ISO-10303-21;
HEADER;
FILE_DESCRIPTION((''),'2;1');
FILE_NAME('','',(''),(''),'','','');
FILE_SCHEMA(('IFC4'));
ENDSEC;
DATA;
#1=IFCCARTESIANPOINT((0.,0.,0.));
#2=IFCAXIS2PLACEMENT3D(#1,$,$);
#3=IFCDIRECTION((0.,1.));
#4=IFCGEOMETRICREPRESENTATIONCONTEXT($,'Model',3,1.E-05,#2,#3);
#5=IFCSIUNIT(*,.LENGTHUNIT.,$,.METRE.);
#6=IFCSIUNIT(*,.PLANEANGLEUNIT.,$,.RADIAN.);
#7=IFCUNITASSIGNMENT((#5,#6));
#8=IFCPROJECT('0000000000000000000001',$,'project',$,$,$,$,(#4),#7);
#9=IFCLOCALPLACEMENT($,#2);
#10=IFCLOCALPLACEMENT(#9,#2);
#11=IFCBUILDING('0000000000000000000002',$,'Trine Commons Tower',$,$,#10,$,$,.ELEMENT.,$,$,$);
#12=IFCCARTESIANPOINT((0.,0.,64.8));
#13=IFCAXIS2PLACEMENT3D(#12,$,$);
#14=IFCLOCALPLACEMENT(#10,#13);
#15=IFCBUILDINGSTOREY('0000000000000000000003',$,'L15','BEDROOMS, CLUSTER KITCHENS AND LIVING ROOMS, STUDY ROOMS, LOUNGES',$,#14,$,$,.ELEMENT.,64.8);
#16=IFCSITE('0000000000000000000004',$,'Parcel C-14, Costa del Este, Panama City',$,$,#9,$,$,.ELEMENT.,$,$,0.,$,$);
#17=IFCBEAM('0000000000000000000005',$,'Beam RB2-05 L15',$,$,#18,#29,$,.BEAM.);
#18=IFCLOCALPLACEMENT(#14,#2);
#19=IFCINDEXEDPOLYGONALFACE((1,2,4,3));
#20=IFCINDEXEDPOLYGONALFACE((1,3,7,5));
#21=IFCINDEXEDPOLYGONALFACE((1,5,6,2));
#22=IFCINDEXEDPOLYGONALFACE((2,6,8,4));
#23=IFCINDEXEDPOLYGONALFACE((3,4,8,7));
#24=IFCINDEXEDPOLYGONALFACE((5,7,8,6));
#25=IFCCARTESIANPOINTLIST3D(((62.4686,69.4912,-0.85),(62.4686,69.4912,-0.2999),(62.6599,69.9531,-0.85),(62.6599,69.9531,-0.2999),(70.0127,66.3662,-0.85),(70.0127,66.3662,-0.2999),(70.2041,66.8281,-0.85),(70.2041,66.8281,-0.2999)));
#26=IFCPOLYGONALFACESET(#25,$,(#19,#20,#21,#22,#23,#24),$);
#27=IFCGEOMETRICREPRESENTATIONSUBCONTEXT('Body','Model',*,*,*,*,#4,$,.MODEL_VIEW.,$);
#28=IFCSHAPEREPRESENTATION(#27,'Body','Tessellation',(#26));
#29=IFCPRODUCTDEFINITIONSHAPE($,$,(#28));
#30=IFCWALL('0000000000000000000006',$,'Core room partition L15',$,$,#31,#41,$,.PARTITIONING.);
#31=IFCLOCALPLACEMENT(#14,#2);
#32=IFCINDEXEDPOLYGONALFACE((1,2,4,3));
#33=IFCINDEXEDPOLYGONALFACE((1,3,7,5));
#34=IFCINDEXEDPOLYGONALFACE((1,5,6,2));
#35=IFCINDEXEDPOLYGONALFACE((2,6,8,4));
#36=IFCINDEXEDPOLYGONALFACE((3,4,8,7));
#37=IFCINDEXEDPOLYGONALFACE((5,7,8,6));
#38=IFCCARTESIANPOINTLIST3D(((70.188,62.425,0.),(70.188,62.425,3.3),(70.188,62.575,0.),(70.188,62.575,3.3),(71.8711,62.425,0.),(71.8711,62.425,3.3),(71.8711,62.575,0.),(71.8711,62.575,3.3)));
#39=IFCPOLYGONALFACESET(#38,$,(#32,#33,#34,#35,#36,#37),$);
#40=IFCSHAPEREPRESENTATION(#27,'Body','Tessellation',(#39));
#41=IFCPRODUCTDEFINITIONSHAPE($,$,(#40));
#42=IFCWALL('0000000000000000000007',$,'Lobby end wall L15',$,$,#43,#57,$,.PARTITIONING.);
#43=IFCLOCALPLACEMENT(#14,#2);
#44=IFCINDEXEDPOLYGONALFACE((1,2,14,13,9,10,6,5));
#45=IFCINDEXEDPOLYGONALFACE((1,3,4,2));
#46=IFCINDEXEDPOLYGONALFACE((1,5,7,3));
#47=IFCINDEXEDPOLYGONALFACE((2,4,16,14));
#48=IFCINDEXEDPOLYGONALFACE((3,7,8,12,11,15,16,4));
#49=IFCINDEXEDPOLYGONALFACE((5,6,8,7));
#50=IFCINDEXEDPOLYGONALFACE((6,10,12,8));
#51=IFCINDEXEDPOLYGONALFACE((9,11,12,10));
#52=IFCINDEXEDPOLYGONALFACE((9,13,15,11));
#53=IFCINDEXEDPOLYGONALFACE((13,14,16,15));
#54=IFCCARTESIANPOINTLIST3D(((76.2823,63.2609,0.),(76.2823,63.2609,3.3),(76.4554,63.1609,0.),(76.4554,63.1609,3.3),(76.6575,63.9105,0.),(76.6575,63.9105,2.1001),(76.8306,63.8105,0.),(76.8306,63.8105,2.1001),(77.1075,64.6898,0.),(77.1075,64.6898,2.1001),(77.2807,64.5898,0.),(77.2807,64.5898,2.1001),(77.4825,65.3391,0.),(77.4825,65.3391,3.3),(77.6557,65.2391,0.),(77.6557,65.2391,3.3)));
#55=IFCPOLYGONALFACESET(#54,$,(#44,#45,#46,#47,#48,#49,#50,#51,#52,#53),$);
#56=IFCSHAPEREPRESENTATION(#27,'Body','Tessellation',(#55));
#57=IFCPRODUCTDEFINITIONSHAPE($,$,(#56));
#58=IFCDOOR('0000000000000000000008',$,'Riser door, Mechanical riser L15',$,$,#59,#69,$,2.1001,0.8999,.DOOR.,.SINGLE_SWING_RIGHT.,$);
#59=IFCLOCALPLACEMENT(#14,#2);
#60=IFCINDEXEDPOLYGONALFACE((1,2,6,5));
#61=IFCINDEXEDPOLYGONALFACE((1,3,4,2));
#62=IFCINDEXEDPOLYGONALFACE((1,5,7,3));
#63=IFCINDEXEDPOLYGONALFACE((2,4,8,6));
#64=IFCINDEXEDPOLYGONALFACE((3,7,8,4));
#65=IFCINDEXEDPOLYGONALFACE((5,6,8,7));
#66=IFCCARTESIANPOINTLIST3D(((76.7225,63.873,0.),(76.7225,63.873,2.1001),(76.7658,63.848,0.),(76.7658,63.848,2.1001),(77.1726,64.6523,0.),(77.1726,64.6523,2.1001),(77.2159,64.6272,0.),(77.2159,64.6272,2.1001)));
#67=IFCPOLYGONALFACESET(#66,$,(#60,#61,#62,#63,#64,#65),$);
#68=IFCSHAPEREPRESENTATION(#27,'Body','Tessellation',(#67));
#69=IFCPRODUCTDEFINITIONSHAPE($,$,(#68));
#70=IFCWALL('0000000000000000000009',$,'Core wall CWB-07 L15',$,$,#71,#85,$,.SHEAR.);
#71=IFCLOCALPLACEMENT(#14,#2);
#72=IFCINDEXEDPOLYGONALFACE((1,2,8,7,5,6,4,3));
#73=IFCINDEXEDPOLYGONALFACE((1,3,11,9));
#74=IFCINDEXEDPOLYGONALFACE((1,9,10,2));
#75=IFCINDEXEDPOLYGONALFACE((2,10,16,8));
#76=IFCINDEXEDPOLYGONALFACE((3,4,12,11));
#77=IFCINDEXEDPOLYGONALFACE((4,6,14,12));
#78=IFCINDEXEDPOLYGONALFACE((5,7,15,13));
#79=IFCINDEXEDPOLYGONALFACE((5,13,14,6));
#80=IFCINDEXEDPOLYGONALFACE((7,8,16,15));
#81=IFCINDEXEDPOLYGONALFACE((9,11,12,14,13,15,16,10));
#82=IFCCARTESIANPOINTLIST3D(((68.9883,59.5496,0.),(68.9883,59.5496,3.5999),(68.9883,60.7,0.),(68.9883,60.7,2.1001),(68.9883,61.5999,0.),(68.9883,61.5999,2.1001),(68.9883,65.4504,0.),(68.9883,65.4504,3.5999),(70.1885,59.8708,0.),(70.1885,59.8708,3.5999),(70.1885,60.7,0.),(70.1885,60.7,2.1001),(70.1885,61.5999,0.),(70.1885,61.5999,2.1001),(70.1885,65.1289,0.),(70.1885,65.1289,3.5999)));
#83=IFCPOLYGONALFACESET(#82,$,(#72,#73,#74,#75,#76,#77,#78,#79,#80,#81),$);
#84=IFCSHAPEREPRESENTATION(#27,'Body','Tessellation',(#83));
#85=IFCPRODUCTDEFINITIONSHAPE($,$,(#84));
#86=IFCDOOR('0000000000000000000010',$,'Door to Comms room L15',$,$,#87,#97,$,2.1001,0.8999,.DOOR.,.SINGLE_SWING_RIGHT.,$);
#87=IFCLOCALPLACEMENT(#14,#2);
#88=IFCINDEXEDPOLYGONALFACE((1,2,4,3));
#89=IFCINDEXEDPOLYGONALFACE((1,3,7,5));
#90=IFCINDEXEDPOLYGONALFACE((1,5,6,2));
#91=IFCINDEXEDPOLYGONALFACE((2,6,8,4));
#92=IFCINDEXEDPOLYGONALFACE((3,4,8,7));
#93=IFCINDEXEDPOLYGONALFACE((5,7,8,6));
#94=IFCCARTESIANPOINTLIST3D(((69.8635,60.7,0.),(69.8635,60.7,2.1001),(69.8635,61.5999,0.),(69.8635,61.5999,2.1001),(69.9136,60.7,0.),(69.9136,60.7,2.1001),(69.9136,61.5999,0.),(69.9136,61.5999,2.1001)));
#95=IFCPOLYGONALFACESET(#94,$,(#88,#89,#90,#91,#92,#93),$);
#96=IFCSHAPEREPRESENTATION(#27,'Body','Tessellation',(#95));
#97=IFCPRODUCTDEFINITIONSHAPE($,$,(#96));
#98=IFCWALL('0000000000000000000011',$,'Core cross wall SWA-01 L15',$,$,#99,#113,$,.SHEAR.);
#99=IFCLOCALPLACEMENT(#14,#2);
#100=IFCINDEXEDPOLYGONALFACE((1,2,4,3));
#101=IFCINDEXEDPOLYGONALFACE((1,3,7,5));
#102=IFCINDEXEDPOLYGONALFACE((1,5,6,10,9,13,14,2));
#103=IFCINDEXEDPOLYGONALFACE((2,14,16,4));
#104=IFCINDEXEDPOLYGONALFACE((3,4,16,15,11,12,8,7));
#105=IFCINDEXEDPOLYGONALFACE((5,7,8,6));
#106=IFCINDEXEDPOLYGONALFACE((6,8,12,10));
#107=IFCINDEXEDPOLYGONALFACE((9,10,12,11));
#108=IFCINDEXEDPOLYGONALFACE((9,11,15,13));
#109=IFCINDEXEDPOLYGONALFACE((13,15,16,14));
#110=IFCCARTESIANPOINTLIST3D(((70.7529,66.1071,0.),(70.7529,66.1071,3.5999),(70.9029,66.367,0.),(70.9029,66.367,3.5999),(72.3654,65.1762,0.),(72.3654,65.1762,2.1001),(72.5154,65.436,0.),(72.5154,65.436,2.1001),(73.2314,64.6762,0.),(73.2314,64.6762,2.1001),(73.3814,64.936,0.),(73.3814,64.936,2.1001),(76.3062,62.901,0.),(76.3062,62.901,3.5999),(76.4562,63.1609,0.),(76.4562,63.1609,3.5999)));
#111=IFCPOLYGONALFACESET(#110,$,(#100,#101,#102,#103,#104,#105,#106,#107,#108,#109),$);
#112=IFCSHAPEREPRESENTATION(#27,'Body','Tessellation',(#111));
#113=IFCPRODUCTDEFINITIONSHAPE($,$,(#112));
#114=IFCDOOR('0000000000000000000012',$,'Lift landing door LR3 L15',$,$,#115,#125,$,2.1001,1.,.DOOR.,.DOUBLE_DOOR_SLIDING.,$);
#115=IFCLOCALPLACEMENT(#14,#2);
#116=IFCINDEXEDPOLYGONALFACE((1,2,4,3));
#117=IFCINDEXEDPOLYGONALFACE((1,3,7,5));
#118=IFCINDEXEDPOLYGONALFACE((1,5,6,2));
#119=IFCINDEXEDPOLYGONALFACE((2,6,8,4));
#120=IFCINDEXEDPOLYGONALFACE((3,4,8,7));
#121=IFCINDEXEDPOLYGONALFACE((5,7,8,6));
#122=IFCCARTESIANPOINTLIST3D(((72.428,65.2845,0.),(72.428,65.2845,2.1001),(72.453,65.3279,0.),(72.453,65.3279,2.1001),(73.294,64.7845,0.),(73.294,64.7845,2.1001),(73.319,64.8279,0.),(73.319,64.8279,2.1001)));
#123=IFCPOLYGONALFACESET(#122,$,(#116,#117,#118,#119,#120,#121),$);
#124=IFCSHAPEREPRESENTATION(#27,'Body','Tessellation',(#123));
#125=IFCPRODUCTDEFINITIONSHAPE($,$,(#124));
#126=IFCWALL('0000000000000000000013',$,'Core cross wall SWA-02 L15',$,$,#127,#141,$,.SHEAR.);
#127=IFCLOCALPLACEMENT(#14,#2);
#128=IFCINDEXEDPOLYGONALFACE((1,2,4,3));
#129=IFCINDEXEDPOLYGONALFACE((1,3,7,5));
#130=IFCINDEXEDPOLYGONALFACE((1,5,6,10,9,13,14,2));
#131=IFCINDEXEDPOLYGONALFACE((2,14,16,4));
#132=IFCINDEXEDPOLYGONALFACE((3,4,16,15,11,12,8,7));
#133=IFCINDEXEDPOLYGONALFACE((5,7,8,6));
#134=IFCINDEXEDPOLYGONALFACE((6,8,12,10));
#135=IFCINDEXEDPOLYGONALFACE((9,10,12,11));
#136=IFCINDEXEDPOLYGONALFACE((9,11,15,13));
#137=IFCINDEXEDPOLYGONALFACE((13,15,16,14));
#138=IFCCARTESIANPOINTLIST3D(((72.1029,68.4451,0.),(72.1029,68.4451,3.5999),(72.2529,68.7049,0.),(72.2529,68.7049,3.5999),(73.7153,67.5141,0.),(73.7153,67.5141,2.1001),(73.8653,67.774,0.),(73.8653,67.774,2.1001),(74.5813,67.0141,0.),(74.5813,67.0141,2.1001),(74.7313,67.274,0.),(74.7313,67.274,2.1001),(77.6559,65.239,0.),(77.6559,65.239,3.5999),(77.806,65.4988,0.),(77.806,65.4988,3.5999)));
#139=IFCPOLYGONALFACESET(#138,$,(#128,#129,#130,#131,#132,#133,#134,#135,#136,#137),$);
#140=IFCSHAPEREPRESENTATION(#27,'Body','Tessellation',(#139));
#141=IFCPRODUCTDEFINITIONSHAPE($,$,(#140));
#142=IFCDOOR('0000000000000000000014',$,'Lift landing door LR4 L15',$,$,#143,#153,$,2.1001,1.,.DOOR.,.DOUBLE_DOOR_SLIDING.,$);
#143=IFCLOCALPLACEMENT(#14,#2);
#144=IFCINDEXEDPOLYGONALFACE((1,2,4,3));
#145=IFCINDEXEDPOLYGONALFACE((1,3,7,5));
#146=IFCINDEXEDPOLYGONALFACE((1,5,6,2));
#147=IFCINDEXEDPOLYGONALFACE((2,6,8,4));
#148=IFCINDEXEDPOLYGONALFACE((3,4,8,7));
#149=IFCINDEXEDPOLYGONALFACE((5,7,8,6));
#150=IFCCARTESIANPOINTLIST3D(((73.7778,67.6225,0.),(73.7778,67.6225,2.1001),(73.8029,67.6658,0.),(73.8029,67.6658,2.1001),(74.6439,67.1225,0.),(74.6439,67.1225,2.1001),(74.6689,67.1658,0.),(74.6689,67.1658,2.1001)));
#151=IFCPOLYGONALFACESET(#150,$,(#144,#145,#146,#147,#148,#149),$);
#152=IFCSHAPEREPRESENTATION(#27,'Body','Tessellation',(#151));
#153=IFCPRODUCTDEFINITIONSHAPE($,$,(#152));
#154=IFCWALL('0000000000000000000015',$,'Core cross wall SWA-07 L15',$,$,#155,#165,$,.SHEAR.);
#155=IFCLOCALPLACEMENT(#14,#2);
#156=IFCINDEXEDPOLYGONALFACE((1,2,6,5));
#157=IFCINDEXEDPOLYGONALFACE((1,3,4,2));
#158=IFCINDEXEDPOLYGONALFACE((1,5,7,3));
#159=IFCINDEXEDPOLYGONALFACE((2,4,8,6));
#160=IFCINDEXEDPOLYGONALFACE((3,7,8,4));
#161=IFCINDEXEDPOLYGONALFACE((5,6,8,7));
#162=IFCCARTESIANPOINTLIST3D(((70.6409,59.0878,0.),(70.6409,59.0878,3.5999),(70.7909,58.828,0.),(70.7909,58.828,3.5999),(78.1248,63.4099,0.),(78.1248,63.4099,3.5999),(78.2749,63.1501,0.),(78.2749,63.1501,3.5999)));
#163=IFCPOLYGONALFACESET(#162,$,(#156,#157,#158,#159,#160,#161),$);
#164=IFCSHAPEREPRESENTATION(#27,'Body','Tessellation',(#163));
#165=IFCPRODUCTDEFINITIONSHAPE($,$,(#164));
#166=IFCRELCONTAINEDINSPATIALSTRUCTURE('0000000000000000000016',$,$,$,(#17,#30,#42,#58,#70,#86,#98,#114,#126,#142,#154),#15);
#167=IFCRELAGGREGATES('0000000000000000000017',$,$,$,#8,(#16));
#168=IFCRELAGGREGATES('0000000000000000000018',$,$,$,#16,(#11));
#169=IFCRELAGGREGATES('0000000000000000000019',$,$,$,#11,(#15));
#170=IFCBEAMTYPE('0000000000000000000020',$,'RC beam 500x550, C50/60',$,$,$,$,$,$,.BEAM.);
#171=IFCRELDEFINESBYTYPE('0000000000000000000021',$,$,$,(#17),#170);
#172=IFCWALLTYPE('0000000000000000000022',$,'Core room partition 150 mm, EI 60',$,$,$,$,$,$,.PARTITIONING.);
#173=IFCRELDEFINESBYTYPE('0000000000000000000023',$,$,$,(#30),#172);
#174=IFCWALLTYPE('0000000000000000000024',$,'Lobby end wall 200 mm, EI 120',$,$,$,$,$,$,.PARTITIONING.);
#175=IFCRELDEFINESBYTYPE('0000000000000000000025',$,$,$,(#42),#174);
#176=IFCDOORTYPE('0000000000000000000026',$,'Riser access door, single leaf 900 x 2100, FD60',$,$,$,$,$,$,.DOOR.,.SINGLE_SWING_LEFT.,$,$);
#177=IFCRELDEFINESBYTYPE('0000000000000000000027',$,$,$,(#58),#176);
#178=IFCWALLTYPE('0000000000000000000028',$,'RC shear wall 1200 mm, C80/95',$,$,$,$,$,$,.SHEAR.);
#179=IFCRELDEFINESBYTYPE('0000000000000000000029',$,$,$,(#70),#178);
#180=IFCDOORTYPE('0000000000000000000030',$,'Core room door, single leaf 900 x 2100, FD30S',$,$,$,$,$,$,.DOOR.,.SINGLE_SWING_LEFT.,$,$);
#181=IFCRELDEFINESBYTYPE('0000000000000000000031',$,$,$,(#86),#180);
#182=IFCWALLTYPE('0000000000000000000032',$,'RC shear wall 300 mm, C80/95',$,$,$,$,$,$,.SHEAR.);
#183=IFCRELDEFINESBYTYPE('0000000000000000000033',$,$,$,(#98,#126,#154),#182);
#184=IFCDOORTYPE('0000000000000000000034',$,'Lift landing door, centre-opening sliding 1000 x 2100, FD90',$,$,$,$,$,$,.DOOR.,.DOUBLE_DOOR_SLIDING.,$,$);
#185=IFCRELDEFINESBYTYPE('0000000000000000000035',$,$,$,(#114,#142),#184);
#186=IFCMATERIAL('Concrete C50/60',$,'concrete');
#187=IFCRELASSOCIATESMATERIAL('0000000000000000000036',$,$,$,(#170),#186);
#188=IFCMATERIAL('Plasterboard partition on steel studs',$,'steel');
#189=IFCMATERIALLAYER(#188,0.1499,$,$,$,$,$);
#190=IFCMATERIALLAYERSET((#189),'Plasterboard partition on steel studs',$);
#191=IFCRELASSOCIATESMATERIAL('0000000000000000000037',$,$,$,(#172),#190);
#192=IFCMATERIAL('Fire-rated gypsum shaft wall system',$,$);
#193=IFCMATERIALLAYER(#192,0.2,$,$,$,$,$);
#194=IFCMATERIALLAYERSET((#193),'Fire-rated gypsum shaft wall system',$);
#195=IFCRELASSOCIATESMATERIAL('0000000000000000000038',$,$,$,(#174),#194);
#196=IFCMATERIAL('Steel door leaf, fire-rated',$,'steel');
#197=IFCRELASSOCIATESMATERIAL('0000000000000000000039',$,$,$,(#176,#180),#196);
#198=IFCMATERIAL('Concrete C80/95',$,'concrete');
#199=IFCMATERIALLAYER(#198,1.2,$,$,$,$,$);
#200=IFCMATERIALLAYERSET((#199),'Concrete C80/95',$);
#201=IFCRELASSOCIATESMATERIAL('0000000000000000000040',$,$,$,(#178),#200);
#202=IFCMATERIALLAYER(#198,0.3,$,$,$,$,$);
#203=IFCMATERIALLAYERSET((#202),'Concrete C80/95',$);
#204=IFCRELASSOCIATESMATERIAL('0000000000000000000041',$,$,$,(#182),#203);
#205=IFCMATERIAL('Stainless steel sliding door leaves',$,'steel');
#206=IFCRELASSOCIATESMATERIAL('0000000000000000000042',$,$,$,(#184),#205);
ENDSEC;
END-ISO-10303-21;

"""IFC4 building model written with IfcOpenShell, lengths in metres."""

from ifc_helpers import new_model, si_unit, direction, frame, frame_2d, origin, origin_2d, place, context, subcontext, project, spatial, polyline, rectangle, outline, extrude, material, layer, layer_set, material_profile, profile_set, type_object, element, fill, save


model = new_model("IFC4")

# Units and contexts
model_context = context("Model", 3, precision=1e-05, world=origin(), true_north=direction((0.0, 1.0)))
body_context = subcontext(model_context, "Body", "Model", "MODEL_VIEW")
ifc_project = project(units=[si_unit("LENGTHUNIT", "METRE"), si_unit("PLANEANGLEUNIT", "RADIAN")], contexts=[model_context])

# Site, building, storey
site_placement = place(None, origin())
site = spatial("IfcSite", under=ifc_project, at=site_placement, Name="Parcel C-14, Costa del Este, Panama City", CompositionType="ELEMENT", RefElevation=0.0)
building_placement = place(site_placement, origin())
building = spatial("IfcBuilding", under=site, at=building_placement, Name="Trine Commons Tower", CompositionType="ELEMENT")
storey_placement = place(building_placement, frame((0.0, 0.0, 64.8)))
storey = spatial("IfcBuildingStorey", under=building, at=storey_placement, Name="L15", Description="BEDROOMS, CLUSTER KITCHENS AND LIVING ROOMS, STUDY ROOMS, LOUNGES", CompositionType="ELEMENT", Elevation=64.8)

# Beam
ifc_material_1 = material(Name="Concrete C50/60", Category="concrete")
ifc_material_profile = material_profile(ifc_material_1, rectangle(XDim=0.5, YDim=0.55, at=origin_2d()), Name="RC 500x550")
ifc_profile_set = profile_set([ifc_material_profile], Name="Concrete C50/60")
beam_type = type_object("IfcBeamType", Name="RC beam 500x550, C50/60", PredefinedType="BEAM", material=ifc_profile_set)
beam_placement = place(storey_placement, frame((70.1084, 66.5972, -0.575), z_axis=(-0.923875, 0.382693, 0.0), x_axis=(-0.382693, -0.923875, 0.0)))
element("IfcBeam", 1, at=beam_placement, inside=storey, type_object=beam_type, Name="Beam RB2-05 L15", PredefinedType="BEAM", context=body_context, shape_type="SweptSolid", body=[
    extrude(rectangle(XDim=0.5, YDim=0.55, at=origin_2d()), origin(), (0.0, 0.0, 1.0), 8.1658),
])

# Wall
ifc_material_2 = material(Name="Plasterboard partition on steel studs", Category="steel")
ifc_layer_1 = layer(ifc_material_2, 0.1499)
ifc_layer_set_1 = layer_set([ifc_layer_1], Name="Plasterboard partition on steel studs")
wall_type_1 = type_object("IfcWallType", Name="Core room partition 150 mm, EI 60", PredefinedType="PARTITIONING", material=ifc_layer_set_1)
wall_1_placement = place(storey_placement, frame((70.188, 62.5, 0.0), z_axis=(0.0, 0.0, 1.0), x_axis=(1.0, 0.0, 0.0)))
element("IfcWall", 2, at=wall_1_placement, inside=storey, type_object=wall_type_1, Name="Core room partition L15", PredefinedType="PARTITIONING", context=body_context, shape_type="SweptSolid", body=[
    extrude(rectangle(XDim=1.6831, YDim=0.1499, at=frame_2d((0.8416, 0.0))), origin(), (0.0, 0.0, 1.0), 3.3),
])

# Walls, openings, doors
ifc_material_3 = material(Name="Fire-rated gypsum shaft wall system")
ifc_layer_2 = layer(ifc_material_3, 0.2)
ifc_layer_set_2 = layer_set([ifc_layer_2], Name="Fire-rated gypsum shaft wall system")
wall_type_2 = type_object("IfcWallType", Name="Lobby end wall 200 mm, EI 120", PredefinedType="PARTITIONING", material=ifc_layer_set_2)
wall_2_placement = place(storey_placement, frame((77.5691, 65.2891, 0.0), z_axis=(0.0, 0.0, 1.0), x_axis=(-0.500122, -0.865955, 0.0)))
wall_2 = element("IfcWall", 3, at=wall_2_placement, inside=storey, type_object=wall_type_2, Name="Lobby end wall L15", PredefinedType="PARTITIONING", context=body_context, shape_type="SweptSolid", body=[
    extrude(rectangle(XDim=2.3999, YDim=0.2, at=frame_2d((1.2, 0.0))), origin(), (0.0, 0.0, 1.0), 3.3),
])
opening_1_placement = place(wall_2_placement, frame((0.7498, 0.0, 0.0)))
opening_1 = element("IfcOpeningElement", 4, at=opening_1_placement, cuts=wall_2, PredefinedType="OPENING", context=body_context, shape_type="SweptSolid", body=[
    extrude(rectangle(XDim=0.8999, YDim=2.1001, at=frame_2d((0.45, 1.05))), frame((0.0, 0.1099, 0.0), z_axis=(0.0, -1.0, 0.0), x_axis=(1.0, 0.0, 0.0)), (0.0, 0.0, 1.0), 0.22),
])
ifc_material_4 = material(Name="Steel door leaf, fire-rated", Category="steel")
door_type_1 = type_object("IfcDoorType", Name="Riser access door, single leaf 900 x 2100, FD60", OperationType="SINGLE_SWING_LEFT", PredefinedType="DOOR", material=ifc_material_4)
door_1_placement = place(opening_1_placement, frame((0.8999, 0.0, 0.0), z_axis=(0.0, 0.0, 1.0), x_axis=(-1.0, 0.0, 0.0)))
door_1 = element("IfcDoor", 5, at=door_1_placement, inside=storey, type_object=door_type_1, Name="Riser door, Mechanical riser L15", OperationType="SINGLE_SWING_RIGHT", OverallHeight=2.1001, OverallWidth=0.8999, PredefinedType="DOOR", context=body_context, shape_type="SweptSolid", body=[
    extrude(rectangle(XDim=0.8999, YDim=2.1001, at=frame_2d((0.45, 1.05))), frame((0.0, 0.0249, 0.0), z_axis=(0.0, -1.0, 0.0), x_axis=(1.0, 0.0, 0.0)), (0.0, 0.0, 1.0), 0.05),
])
fill(opening_1, door_1)
ifc_material_5 = material(Name="Concrete C80/95", Category="concrete")
ifc_layer_3 = layer(ifc_material_5, 1.2)
ifc_layer_set_3 = layer_set([ifc_layer_3], Name="Concrete C80/95")
wall_type_3 = type_object("IfcWallType", Name="RC shear wall 1200 mm, C80/95", PredefinedType="SHEAR", material=ifc_layer_set_3)
wall_3_placement = place(storey_placement, frame((69.5884, 65.4504, 0.0), z_axis=(0.0, 0.0, 1.0), x_axis=(0.0, -1.0, 0.0)))
wall_3 = element("IfcWall", 6, at=wall_3_placement, inside=storey, type_object=wall_type_3, Name="Core wall CWB-07 L15", PredefinedType="SHEAR", context=body_context, shape_type="SweptSolid", body=[
    extrude(outline(polyline([(0.0, -0.6001), (5.9009, -0.6001), (5.5796, 0.6001), (0.3215, 0.6001), (0.0, -0.6001)])), origin(), (0.0, 0.0, 1.0), 3.5999),
])
opening_2_placement = place(wall_3_placement, frame((3.8506, 0.0, 0.0)))
opening_2 = element("IfcOpeningElement", 7, at=opening_2_placement, cuts=wall_3, PredefinedType="OPENING", context=body_context, shape_type="SweptSolid", body=[
    extrude(rectangle(XDim=0.8999, YDim=2.1001, at=frame_2d((0.45, 1.05))), frame((0.0, 0.6099, 0.0), z_axis=(0.0, -1.0, 0.0), x_axis=(1.0, 0.0, 0.0)), (0.0, 0.0, 1.0), 1.22),
])
door_type_2 = type_object("IfcDoorType", Name="Core room door, single leaf 900 x 2100, FD30S", OperationType="SINGLE_SWING_LEFT", PredefinedType="DOOR", material=ifc_material_4)
door_2_placement = place(opening_2_placement, origin())
door_2 = element("IfcDoor", 8, at=door_2_placement, inside=storey, type_object=door_type_2, Name="Door to Comms room L15", OperationType="SINGLE_SWING_RIGHT", OverallHeight=2.1001, OverallWidth=0.8999, PredefinedType="DOOR", context=body_context, shape_type="SweptSolid", body=[
    extrude(rectangle(XDim=0.8999, YDim=2.1001, at=frame_2d((0.45, 1.05))), frame((0.0, 0.3252, 0.0), z_axis=(0.0, -1.0, 0.0), x_axis=(1.0, 0.0, 0.0)), (0.0, 0.0, 1.0), 0.05),
])
fill(opening_2, door_2)
ifc_layer_4 = layer(ifc_material_5, 0.3)
ifc_layer_set_4 = layer_set([ifc_layer_4], Name="Concrete C80/95")
wall_type_4 = type_object("IfcWallType", Name="RC shear wall 300 mm, C80/95", PredefinedType="SHEAR", material=ifc_layer_set_4)
wall_4_placement = place(storey_placement, frame((76.3811, 63.031, 0.0), z_axis=(0.0, 0.0, 1.0), x_axis=(-0.866032, 0.499988, 0.0)))
wall_4 = element("IfcWall", 9, at=wall_4_placement, inside=storey, type_object=wall_type_4, Name="Core cross wall SWA-01 L15", PredefinedType="SHEAR", context=body_context, shape_type="SweptSolid", body=[
    extrude(rectangle(XDim=6.4124, YDim=0.3, at=frame_2d((3.2061, 0.0))), origin(), (0.0, 0.0, 1.0), 3.5999),
])
opening_3_placement = place(wall_4_placement, frame((3.5503, 0.0, 0.0)))
opening_3 = element("IfcOpeningElement", 10, at=opening_3_placement, cuts=wall_4, PredefinedType="OPENING", context=body_context, shape_type="SweptSolid", body=[
    extrude(rectangle(XDim=1.0, YDim=2.1001, at=frame_2d((0.5, 1.05))), frame((0.0, 0.1599, 0.0), z_axis=(0.0, -1.0, 0.0), x_axis=(1.0, 0.0, 0.0)), (0.0, 0.0, 1.0), 0.3201),
])
ifc_material_6 = material(Name="Stainless steel sliding door leaves", Category="steel")
door_type_3 = type_object("IfcDoorType", Name="Lift landing door, centre-opening sliding 1000 x 2100, FD90", OperationType="DOUBLE_DOOR_SLIDING", PredefinedType="DOOR", material=ifc_material_6)
door_3_placement = place(opening_3_placement, origin())
door_3 = element("IfcDoor", 11, at=door_3_placement, inside=storey, type_object=door_type_3, Name="Lift landing door LR3 L15", OperationType="DOUBLE_DOOR_SLIDING", OverallHeight=2.1001, OverallWidth=1.0, PredefinedType="DOOR", context=body_context, shape_type="SweptSolid", body=[
    extrude(rectangle(XDim=1.0, YDim=2.1001, at=frame_2d((0.5, 1.05))), frame((0.0, 0.0249, 0.0), z_axis=(0.0, -1.0, 0.0), x_axis=(1.0, 0.0, 0.0)), (0.0, 0.0, 1.0), 0.05),
])
fill(opening_3, door_3)
wall_5_placement = place(storey_placement, frame((77.731, 65.3689, 0.0), z_axis=(0.0, 0.0, 1.0), x_axis=(-0.866023, 0.500005, 0.0)))
wall_5 = element("IfcWall", 12, at=wall_5_placement, inside=storey, type_object=wall_type_4, Name="Core cross wall SWA-02 L15", PredefinedType="SHEAR", context=body_context, shape_type="SweptSolid", body=[
    extrude(rectangle(XDim=6.4121, YDim=0.3, at=frame_2d((3.2061, 0.0))), origin(), (0.0, 0.0, 1.0), 3.5999),
])
opening_4_placement = place(wall_5_placement, frame((3.5503, 0.0, 0.0)))
opening_4 = element("IfcOpeningElement", 13, at=opening_4_placement, cuts=wall_5, PredefinedType="OPENING", context=body_context, shape_type="SweptSolid", body=[
    extrude(rectangle(XDim=1.0, YDim=2.1001, at=frame_2d((0.5, 1.05))), frame((0.0, 0.1599, 0.0), z_axis=(0.0, -1.0, 0.0), x_axis=(1.0, 0.0, 0.0)), (0.0, 0.0, 1.0), 0.3201),
])
door_4_placement = place(opening_4_placement, origin())
door_4 = element("IfcDoor", 14, at=door_4_placement, inside=storey, type_object=door_type_3, Name="Lift landing door LR4 L15", OperationType="DOUBLE_DOOR_SLIDING", OverallHeight=2.1001, OverallWidth=1.0, PredefinedType="DOOR", context=body_context, shape_type="SweptSolid", body=[
    extrude(rectangle(XDim=1.0, YDim=2.1001, at=frame_2d((0.5, 1.05))), frame((0.0, 0.0249, 0.0), z_axis=(0.0, -1.0, 0.0), x_axis=(1.0, 0.0, 0.0)), (0.0, 0.0, 1.0), 0.05),
])
fill(opening_4, door_4)

# Wall
wall_6_placement = place(storey_placement, frame((78.2, 63.28, 0.0), z_axis=(0.0, 0.0, 1.0), x_axis=(-0.865965, -0.500104, 0.0)))
element("IfcWall", 15, at=wall_6_placement, inside=storey, type_object=wall_type_4, Name="Core cross wall SWA-07 L15", PredefinedType="SHEAR", context=body_context, shape_type="SweptSolid", body=[
    extrude(rectangle(XDim=8.6423, YDim=0.3, at=frame_2d((4.3213, 0.0))), origin(), (0.0, 0.0, 1.0), 3.5999),
])

save(model, "model.ifc")
